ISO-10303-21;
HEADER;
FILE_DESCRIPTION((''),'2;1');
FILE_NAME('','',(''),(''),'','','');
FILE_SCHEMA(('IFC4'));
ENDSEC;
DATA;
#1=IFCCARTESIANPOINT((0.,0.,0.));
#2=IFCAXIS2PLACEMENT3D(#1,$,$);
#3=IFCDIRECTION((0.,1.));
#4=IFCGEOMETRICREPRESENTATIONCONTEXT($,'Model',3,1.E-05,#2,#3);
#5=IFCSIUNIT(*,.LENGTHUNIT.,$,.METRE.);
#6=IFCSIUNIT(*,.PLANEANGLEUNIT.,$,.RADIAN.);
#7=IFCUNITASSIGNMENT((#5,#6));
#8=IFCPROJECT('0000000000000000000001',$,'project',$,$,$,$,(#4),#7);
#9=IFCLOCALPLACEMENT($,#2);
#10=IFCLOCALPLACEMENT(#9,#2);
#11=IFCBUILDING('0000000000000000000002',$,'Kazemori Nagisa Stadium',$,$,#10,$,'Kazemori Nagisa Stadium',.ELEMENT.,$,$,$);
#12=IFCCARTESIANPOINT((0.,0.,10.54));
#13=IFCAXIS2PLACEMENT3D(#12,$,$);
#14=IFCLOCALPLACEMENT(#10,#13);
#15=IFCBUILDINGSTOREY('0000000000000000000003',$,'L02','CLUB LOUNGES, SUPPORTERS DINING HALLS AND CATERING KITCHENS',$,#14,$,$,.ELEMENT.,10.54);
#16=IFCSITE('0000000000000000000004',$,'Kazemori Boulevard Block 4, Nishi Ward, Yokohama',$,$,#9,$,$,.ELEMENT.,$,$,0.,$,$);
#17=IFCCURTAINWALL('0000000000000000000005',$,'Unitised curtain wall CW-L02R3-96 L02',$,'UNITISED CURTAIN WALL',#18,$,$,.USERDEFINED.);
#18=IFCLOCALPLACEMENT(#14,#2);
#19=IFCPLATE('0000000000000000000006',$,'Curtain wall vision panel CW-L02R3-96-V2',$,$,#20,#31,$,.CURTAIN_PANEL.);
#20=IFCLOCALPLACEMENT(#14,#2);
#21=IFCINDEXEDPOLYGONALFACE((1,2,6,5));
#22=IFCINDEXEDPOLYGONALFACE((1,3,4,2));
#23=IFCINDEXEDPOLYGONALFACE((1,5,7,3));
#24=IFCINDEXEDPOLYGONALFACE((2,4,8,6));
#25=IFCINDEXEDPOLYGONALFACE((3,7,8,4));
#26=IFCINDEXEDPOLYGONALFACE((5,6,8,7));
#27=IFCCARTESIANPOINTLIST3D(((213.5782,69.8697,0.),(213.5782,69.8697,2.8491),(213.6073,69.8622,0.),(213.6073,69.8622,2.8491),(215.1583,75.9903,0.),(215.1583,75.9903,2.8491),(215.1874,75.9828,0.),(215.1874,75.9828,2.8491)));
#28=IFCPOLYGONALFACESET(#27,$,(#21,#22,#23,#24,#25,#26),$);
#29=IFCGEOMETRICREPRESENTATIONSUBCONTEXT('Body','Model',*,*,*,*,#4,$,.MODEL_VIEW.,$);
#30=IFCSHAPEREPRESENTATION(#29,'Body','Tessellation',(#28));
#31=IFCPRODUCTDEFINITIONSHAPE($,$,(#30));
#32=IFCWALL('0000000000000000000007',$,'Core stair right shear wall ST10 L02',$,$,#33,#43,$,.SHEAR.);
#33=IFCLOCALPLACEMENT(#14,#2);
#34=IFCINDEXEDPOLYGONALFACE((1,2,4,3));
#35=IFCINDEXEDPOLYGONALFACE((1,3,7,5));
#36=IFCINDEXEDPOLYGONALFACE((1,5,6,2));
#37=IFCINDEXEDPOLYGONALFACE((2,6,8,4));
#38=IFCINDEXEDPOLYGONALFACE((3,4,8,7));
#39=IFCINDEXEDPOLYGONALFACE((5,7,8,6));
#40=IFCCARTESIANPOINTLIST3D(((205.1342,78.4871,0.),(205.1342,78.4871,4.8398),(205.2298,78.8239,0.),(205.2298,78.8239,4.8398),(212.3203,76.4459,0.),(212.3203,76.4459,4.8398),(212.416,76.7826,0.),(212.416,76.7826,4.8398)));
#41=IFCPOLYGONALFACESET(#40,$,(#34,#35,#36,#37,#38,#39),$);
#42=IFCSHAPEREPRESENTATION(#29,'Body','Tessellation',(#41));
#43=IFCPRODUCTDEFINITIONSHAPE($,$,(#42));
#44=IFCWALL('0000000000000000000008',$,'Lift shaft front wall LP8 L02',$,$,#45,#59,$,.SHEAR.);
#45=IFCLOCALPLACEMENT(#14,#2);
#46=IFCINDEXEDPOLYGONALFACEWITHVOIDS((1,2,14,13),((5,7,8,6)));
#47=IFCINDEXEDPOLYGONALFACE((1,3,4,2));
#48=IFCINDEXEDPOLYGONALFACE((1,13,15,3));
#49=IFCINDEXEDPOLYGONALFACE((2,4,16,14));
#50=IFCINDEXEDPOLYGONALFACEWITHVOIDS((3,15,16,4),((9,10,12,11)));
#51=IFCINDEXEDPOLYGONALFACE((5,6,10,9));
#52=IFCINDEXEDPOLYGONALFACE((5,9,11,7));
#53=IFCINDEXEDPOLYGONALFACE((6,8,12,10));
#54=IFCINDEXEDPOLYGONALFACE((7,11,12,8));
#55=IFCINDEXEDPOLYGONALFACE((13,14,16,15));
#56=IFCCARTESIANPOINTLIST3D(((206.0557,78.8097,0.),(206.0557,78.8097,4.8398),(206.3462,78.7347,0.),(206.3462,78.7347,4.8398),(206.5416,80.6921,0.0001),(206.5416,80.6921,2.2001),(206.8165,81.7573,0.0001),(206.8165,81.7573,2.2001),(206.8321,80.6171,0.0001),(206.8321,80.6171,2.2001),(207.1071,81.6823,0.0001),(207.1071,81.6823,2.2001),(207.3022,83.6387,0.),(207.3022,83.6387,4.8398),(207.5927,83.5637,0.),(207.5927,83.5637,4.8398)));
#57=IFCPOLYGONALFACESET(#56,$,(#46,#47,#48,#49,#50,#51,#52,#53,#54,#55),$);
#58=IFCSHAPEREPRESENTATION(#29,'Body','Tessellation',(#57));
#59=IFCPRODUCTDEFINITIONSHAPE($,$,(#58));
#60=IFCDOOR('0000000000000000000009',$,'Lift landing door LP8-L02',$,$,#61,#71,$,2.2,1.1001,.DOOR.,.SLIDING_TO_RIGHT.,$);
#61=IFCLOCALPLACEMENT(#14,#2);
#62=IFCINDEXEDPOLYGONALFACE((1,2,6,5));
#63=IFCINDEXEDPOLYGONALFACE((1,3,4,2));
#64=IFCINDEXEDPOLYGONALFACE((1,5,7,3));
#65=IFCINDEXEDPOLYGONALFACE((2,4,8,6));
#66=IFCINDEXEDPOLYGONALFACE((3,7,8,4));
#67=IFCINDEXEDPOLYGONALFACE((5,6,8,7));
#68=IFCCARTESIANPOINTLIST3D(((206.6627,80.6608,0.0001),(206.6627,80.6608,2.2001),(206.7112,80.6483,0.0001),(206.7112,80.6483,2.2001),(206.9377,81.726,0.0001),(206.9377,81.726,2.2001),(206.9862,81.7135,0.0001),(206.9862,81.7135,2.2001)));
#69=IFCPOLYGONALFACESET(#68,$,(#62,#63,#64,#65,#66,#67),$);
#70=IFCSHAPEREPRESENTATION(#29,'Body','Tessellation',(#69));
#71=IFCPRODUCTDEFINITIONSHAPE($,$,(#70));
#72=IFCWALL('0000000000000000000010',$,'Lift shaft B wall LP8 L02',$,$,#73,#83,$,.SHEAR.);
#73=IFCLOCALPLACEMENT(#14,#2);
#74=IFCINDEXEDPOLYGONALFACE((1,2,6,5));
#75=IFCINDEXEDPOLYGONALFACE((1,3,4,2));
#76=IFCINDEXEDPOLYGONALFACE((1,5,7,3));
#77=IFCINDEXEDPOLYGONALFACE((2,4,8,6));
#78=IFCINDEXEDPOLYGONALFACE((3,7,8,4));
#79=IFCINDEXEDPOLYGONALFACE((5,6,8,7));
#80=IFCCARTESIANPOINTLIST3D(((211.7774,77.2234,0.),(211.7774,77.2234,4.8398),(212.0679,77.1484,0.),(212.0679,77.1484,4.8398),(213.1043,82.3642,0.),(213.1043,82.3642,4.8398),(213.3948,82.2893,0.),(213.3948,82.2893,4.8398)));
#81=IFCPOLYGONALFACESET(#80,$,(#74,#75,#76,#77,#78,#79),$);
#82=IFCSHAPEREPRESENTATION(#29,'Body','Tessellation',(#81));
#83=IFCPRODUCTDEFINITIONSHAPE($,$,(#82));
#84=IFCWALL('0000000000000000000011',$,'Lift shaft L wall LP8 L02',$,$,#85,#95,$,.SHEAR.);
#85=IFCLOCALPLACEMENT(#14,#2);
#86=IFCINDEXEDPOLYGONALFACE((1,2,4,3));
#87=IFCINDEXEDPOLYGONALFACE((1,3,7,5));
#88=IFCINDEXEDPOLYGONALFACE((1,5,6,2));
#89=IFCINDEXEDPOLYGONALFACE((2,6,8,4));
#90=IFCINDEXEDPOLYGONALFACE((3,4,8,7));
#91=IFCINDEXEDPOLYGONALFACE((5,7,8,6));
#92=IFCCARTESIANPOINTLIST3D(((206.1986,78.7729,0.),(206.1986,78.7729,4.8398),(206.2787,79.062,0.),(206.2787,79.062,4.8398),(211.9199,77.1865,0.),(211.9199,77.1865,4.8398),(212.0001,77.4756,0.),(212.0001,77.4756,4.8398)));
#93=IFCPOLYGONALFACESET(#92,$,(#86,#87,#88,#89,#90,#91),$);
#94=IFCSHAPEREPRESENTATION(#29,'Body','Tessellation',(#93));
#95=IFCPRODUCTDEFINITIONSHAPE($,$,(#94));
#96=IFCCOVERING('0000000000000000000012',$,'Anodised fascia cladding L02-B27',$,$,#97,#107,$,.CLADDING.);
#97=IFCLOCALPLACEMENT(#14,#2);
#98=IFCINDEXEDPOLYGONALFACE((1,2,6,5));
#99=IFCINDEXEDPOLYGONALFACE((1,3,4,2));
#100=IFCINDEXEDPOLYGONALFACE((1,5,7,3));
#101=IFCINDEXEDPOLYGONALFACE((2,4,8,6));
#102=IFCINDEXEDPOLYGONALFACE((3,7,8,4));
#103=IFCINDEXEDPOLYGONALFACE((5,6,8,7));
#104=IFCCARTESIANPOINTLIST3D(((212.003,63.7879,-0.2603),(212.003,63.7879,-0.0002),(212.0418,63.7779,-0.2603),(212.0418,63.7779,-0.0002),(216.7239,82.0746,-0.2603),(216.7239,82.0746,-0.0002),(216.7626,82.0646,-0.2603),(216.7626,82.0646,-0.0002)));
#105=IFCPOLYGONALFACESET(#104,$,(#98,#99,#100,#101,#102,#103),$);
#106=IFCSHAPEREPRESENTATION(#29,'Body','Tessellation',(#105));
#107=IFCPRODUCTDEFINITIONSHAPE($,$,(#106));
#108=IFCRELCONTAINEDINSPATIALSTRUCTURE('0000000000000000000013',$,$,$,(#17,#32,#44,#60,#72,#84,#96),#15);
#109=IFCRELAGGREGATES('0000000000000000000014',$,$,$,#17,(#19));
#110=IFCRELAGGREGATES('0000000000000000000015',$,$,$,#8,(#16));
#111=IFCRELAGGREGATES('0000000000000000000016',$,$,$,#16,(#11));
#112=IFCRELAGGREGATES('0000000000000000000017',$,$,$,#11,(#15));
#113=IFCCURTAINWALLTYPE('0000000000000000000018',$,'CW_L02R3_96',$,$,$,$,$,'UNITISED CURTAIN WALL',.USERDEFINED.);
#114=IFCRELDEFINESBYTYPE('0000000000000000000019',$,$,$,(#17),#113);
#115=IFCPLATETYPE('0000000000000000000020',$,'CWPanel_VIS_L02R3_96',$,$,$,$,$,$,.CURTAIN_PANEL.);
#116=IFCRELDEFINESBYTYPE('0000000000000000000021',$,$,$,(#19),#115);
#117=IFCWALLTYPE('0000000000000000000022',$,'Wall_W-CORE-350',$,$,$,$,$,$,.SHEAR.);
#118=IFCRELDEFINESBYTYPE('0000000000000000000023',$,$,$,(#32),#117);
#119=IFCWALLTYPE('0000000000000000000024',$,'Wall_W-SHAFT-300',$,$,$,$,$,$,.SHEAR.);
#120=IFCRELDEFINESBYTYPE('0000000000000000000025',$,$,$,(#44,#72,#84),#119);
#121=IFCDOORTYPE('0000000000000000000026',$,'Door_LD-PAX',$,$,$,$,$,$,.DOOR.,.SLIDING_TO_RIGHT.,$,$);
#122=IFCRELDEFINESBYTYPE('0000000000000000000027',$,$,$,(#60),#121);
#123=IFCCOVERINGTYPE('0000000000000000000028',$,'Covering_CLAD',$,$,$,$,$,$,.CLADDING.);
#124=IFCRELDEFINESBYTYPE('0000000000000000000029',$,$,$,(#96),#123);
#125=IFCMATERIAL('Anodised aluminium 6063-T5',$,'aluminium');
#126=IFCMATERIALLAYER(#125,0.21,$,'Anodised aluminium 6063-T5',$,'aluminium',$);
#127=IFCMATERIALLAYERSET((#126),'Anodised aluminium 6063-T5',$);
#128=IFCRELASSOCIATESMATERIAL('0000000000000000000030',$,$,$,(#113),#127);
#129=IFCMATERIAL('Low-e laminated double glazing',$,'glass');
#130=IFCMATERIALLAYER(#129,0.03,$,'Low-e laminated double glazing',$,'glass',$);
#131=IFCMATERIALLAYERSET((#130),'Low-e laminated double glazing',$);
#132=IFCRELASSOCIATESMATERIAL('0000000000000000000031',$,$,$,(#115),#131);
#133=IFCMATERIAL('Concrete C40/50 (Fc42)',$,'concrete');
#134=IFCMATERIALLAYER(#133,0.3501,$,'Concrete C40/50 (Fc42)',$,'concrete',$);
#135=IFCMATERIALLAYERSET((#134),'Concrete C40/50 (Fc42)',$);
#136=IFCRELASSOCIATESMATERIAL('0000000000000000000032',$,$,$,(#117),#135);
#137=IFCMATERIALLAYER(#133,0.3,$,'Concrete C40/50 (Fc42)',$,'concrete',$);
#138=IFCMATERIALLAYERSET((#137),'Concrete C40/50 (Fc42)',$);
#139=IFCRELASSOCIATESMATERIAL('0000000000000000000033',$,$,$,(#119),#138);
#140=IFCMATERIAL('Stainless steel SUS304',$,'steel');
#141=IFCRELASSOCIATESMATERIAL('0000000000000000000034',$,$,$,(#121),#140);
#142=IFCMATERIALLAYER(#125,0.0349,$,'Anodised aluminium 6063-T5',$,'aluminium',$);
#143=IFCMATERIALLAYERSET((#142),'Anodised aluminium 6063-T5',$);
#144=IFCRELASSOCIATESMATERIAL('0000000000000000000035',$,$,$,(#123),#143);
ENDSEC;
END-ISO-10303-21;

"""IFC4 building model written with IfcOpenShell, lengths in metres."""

from ifc_helpers import new_model, si_unit, direction, frame, frame_2d, origin, origin_2d, place, context, subcontext, project, spatial, rectangle, extrude, material, layer, layer_set, type_object, element, fill, aggregate, save


model = new_model("IFC4")

# Units and contexts
model_context = context("Model", 3, precision=1e-05, world=origin(), true_north=direction((0.0, 1.0)))
body_context = subcontext(model_context, "Body", "Model", "MODEL_VIEW")
ifc_project = project(units=[si_unit("LENGTHUNIT", "METRE"), si_unit("PLANEANGLEUNIT", "RADIAN")], contexts=[model_context])

# Site, building, storey
site_placement = place(None, origin())
site = spatial("IfcSite", under=ifc_project, at=site_placement, Name="Kazemori Boulevard Block 4, Nishi Ward, Yokohama", CompositionType="ELEMENT", RefElevation=0.0)
building_placement = place(site_placement, origin())
building = spatial("IfcBuilding", under=site, at=building_placement, Name="Kazemori Nagisa Stadium", LongName="Kazemori Nagisa Stadium", CompositionType="ELEMENT")
storey_placement = place(building_placement, frame((0.0, 0.0, 10.54)))
storey = spatial("IfcBuildingStorey", under=building, at=storey_placement, Name="L02", Description="CLUB LOUNGES, SUPPORTERS DINING HALLS AND CATERING KITCHENS", CompositionType="ELEMENT", Elevation=10.54)

# Shared definitions
ifc_material_1 = material(Name="Concrete C40/50 (Fc42)", Category="concrete")

# Curtain wall, plate
ifc_material_2 = material(Name="Anodised aluminium 6063-T5", Category="aluminium")
ifc_layer_1 = layer(ifc_material_2, 0.21, Name="Anodised aluminium 6063-T5", Category="aluminium")
ifc_layer_set_1 = layer_set([ifc_layer_1], Name="Anodised aluminium 6063-T5")
curtain_wall_type = type_object("IfcCurtainWallType", Name="CW_L02R3_96", ElementType="UNITISED CURTAIN WALL", PredefinedType="USERDEFINED", material=ifc_layer_set_1)
curtain_wall_placement = place(storey_placement, origin())
curtain_wall = element("IfcCurtainWall", 1, at=curtain_wall_placement, inside=storey, type_object=curtain_wall_type, Name="Unitised curtain wall CW-L02R3-96 L02", ObjectType="UNITISED CURTAIN WALL", PredefinedType="USERDEFINED")
ifc_material_3 = material(Name="Low-e laminated double glazing", Category="glass")
ifc_layer_2 = layer(ifc_material_3, 0.03, Name="Low-e laminated double glazing", Category="glass")
ifc_layer_set_2 = layer_set([ifc_layer_2], Name="Low-e laminated double glazing")
plate_type_1 = type_object("IfcPlateType", Name="CWPanel_VIS_L02R3_96", PredefinedType="CURTAIN_PANEL", material=ifc_layer_set_2)
plate_1_placement = place(storey_placement, frame((214.3828, 72.9263, 0.0), z_axis=(0.0, 0.0, 1.0), x_axis=(0.249965, 0.968255, 0.0)))
plate_1 = element("IfcPlate", 2, at=plate_1_placement, type_object=plate_type_1, Name="Curtain wall vision panel CW-L02R3-96-V2", PredefinedType="CURTAIN_PANEL", context=body_context, shape_type="SweptSolid", body=[
    extrude(rectangle(XDim=6.3213, YDim=0.03, at=origin_2d()), origin(), (0.0, 0.0, 1.0), 2.8491),
])
aggregate(curtain_wall, [plate_1])

# Wall
ifc_layer_3 = layer(ifc_material_1, 0.3501, Name="Concrete C40/50 (Fc42)", Category="concrete")
ifc_layer_set_3 = layer_set([ifc_layer_3], Name="Concrete C40/50 (Fc42)")
wall_type_1 = type_object("IfcWallType", Name="Wall_W-CORE-350", PredefinedType="SHEAR", material=ifc_layer_set_3)
wall_1_placement = place(storey_placement, frame((205.1819, 78.6555, 0.0), z_axis=(0.0, 0.0, 1.0), x_axis=(0.961946, -0.27324, 0.0)))
element("IfcWall", 3, at=wall_1_placement, inside=storey, type_object=wall_type_1, Name="Core stair right shear wall ST10 L02", PredefinedType="SHEAR", context=body_context, shape_type="SweptSolid", body=[
    extrude(rectangle(XDim=7.4705, YDim=0.3501, at=frame_2d((3.7354, 0.0))), origin(), (0.0, 0.0, 1.0), 4.8398),
])

# Wall, opening, door
ifc_layer_4 = layer(ifc_material_1, 0.3, Name="Concrete C40/50 (Fc42)", Category="concrete")
ifc_layer_set_4 = layer_set([ifc_layer_4], Name="Concrete C40/50 (Fc42)")
wall_type_2 = type_object("IfcWallType", Name="Wall_W-SHAFT-300", PredefinedType="SHEAR", material=ifc_layer_set_4)
wall_2_placement = place(storey_placement, frame((206.2009, 78.7722, 0.0), z_axis=(0.0, 0.0, 1.0), x_axis=(0.249946, 0.96826, 0.0)))
wall_2 = element("IfcWall", 4, at=wall_2_placement, inside=storey, type_object=wall_type_2, Name="Lift shaft front wall LP8 L02", PredefinedType="SHEAR", context=body_context, shape_type="SweptSolid", body=[
    extrude(rectangle(XDim=4.9873, YDim=0.3, at=frame_2d((2.4937, 0.0))), origin(), (0.0, 0.0, 1.0), 4.8398),
])
opening_placement = place(wall_2_placement, frame((1.9441, 0.0, 0.0)))
opening = element("IfcOpeningElement", 5, at=opening_placement, cuts=wall_2, PredefinedType="OPENING", context=body_context, shape_type="SweptSolid", body=[
    extrude(rectangle(XDim=1.1001, YDim=2.2, at=frame_2d((0.55, 1.1001))), frame((0.0, 0.1599, 0.0), z_axis=(0.0, -1.0, 0.0), x_axis=(1.0, 0.0, 0.0)), (0.0, 0.0, 1.0), 0.3201),
])
ifc_material_4 = material(Name="Stainless steel SUS304", Category="steel")
door_type = type_object("IfcDoorType", Name="Door_LD-PAX", OperationType="SLIDING_TO_RIGHT", PredefinedType="DOOR", material=ifc_material_4)
door_placement = place(opening_placement, origin())
door = element("IfcDoor", 6, at=door_placement, inside=storey, type_object=door_type, Name="Lift landing door LP8-L02", OperationType="SLIDING_TO_RIGHT", OverallHeight=2.2, OverallWidth=1.1001, PredefinedType="DOOR", context=body_context, shape_type="SweptSolid", body=[
    extrude(rectangle(XDim=1.1001, YDim=2.2, at=frame_2d((0.55, 1.1001))), frame((0.0, 0.0249, 0.0), z_axis=(0.0, -1.0, 0.0), x_axis=(1.0, 0.0, 0.0)), (0.0, 0.0, 1.0), 0.05),
])
fill(opening, door)

# Walls
wall_3_placement = place(storey_placement, frame((211.9226, 77.1858, 0.0), z_axis=(0.0, 0.0, 1.0), x_axis=(0.249918, 0.968267, 0.0)))
element("IfcWall", 7, at=wall_3_placement, inside=storey, type_object=wall_type_2, Name="Lift shaft B wall LP8 L02", PredefinedType="SHEAR", context=body_context, shape_type="SweptSolid", body=[
    extrude(rectangle(XDim=5.3093, YDim=0.3, at=frame_2d((2.6548, 0.0))), origin(), (0.0, 0.0, 1.0), 4.8398),
])
wall_4_placement = place(storey_placement, frame((206.2385, 78.9175, 0.0), z_axis=(0.0, 0.0, 1.0), x_axis=(0.963642, -0.267196, 0.0)))
element("IfcWall", 8, at=wall_4_placement, inside=storey, type_object=wall_type_2, Name="Lift shaft L wall LP8 L02", PredefinedType="SHEAR", context=body_context, shape_type="SweptSolid", body=[
    extrude(rectangle(XDim=5.9373, YDim=0.3, at=frame_2d((2.9688, 0.0))), origin(), (0.0, 0.0, 1.0), 4.8398),
])

# Covering
ifc_layer_5 = layer(ifc_material_2, 0.0349, Name="Anodised aluminium 6063-T5", Category="aluminium")
ifc_layer_set_5 = layer_set([ifc_layer_5], Name="Anodised aluminium 6063-T5")
covering_type = type_object("IfcCoveringType", Name="Covering_CLAD", PredefinedType="CLADDING", material=ifc_layer_set_5)
covering_placement = place(storey_placement, frame((214.3828, 72.9263, -0.2603), z_axis=(0.0, 0.0, 1.0), x_axis=(0.249965, 0.968255, 0.0)))
element("IfcCovering", 9, at=covering_placement, inside=storey, type_object=covering_type, Name="Anodised fascia cladding L02-B27", PredefinedType="CLADDING", context=body_context, shape_type="SweptSolid", body=[
    extrude(rectangle(XDim=18.8862, YDim=0.04, at=origin_2d()), origin(), (0.0, 0.0, 1.0), 0.26),
])

save(model, "model.ifc")
